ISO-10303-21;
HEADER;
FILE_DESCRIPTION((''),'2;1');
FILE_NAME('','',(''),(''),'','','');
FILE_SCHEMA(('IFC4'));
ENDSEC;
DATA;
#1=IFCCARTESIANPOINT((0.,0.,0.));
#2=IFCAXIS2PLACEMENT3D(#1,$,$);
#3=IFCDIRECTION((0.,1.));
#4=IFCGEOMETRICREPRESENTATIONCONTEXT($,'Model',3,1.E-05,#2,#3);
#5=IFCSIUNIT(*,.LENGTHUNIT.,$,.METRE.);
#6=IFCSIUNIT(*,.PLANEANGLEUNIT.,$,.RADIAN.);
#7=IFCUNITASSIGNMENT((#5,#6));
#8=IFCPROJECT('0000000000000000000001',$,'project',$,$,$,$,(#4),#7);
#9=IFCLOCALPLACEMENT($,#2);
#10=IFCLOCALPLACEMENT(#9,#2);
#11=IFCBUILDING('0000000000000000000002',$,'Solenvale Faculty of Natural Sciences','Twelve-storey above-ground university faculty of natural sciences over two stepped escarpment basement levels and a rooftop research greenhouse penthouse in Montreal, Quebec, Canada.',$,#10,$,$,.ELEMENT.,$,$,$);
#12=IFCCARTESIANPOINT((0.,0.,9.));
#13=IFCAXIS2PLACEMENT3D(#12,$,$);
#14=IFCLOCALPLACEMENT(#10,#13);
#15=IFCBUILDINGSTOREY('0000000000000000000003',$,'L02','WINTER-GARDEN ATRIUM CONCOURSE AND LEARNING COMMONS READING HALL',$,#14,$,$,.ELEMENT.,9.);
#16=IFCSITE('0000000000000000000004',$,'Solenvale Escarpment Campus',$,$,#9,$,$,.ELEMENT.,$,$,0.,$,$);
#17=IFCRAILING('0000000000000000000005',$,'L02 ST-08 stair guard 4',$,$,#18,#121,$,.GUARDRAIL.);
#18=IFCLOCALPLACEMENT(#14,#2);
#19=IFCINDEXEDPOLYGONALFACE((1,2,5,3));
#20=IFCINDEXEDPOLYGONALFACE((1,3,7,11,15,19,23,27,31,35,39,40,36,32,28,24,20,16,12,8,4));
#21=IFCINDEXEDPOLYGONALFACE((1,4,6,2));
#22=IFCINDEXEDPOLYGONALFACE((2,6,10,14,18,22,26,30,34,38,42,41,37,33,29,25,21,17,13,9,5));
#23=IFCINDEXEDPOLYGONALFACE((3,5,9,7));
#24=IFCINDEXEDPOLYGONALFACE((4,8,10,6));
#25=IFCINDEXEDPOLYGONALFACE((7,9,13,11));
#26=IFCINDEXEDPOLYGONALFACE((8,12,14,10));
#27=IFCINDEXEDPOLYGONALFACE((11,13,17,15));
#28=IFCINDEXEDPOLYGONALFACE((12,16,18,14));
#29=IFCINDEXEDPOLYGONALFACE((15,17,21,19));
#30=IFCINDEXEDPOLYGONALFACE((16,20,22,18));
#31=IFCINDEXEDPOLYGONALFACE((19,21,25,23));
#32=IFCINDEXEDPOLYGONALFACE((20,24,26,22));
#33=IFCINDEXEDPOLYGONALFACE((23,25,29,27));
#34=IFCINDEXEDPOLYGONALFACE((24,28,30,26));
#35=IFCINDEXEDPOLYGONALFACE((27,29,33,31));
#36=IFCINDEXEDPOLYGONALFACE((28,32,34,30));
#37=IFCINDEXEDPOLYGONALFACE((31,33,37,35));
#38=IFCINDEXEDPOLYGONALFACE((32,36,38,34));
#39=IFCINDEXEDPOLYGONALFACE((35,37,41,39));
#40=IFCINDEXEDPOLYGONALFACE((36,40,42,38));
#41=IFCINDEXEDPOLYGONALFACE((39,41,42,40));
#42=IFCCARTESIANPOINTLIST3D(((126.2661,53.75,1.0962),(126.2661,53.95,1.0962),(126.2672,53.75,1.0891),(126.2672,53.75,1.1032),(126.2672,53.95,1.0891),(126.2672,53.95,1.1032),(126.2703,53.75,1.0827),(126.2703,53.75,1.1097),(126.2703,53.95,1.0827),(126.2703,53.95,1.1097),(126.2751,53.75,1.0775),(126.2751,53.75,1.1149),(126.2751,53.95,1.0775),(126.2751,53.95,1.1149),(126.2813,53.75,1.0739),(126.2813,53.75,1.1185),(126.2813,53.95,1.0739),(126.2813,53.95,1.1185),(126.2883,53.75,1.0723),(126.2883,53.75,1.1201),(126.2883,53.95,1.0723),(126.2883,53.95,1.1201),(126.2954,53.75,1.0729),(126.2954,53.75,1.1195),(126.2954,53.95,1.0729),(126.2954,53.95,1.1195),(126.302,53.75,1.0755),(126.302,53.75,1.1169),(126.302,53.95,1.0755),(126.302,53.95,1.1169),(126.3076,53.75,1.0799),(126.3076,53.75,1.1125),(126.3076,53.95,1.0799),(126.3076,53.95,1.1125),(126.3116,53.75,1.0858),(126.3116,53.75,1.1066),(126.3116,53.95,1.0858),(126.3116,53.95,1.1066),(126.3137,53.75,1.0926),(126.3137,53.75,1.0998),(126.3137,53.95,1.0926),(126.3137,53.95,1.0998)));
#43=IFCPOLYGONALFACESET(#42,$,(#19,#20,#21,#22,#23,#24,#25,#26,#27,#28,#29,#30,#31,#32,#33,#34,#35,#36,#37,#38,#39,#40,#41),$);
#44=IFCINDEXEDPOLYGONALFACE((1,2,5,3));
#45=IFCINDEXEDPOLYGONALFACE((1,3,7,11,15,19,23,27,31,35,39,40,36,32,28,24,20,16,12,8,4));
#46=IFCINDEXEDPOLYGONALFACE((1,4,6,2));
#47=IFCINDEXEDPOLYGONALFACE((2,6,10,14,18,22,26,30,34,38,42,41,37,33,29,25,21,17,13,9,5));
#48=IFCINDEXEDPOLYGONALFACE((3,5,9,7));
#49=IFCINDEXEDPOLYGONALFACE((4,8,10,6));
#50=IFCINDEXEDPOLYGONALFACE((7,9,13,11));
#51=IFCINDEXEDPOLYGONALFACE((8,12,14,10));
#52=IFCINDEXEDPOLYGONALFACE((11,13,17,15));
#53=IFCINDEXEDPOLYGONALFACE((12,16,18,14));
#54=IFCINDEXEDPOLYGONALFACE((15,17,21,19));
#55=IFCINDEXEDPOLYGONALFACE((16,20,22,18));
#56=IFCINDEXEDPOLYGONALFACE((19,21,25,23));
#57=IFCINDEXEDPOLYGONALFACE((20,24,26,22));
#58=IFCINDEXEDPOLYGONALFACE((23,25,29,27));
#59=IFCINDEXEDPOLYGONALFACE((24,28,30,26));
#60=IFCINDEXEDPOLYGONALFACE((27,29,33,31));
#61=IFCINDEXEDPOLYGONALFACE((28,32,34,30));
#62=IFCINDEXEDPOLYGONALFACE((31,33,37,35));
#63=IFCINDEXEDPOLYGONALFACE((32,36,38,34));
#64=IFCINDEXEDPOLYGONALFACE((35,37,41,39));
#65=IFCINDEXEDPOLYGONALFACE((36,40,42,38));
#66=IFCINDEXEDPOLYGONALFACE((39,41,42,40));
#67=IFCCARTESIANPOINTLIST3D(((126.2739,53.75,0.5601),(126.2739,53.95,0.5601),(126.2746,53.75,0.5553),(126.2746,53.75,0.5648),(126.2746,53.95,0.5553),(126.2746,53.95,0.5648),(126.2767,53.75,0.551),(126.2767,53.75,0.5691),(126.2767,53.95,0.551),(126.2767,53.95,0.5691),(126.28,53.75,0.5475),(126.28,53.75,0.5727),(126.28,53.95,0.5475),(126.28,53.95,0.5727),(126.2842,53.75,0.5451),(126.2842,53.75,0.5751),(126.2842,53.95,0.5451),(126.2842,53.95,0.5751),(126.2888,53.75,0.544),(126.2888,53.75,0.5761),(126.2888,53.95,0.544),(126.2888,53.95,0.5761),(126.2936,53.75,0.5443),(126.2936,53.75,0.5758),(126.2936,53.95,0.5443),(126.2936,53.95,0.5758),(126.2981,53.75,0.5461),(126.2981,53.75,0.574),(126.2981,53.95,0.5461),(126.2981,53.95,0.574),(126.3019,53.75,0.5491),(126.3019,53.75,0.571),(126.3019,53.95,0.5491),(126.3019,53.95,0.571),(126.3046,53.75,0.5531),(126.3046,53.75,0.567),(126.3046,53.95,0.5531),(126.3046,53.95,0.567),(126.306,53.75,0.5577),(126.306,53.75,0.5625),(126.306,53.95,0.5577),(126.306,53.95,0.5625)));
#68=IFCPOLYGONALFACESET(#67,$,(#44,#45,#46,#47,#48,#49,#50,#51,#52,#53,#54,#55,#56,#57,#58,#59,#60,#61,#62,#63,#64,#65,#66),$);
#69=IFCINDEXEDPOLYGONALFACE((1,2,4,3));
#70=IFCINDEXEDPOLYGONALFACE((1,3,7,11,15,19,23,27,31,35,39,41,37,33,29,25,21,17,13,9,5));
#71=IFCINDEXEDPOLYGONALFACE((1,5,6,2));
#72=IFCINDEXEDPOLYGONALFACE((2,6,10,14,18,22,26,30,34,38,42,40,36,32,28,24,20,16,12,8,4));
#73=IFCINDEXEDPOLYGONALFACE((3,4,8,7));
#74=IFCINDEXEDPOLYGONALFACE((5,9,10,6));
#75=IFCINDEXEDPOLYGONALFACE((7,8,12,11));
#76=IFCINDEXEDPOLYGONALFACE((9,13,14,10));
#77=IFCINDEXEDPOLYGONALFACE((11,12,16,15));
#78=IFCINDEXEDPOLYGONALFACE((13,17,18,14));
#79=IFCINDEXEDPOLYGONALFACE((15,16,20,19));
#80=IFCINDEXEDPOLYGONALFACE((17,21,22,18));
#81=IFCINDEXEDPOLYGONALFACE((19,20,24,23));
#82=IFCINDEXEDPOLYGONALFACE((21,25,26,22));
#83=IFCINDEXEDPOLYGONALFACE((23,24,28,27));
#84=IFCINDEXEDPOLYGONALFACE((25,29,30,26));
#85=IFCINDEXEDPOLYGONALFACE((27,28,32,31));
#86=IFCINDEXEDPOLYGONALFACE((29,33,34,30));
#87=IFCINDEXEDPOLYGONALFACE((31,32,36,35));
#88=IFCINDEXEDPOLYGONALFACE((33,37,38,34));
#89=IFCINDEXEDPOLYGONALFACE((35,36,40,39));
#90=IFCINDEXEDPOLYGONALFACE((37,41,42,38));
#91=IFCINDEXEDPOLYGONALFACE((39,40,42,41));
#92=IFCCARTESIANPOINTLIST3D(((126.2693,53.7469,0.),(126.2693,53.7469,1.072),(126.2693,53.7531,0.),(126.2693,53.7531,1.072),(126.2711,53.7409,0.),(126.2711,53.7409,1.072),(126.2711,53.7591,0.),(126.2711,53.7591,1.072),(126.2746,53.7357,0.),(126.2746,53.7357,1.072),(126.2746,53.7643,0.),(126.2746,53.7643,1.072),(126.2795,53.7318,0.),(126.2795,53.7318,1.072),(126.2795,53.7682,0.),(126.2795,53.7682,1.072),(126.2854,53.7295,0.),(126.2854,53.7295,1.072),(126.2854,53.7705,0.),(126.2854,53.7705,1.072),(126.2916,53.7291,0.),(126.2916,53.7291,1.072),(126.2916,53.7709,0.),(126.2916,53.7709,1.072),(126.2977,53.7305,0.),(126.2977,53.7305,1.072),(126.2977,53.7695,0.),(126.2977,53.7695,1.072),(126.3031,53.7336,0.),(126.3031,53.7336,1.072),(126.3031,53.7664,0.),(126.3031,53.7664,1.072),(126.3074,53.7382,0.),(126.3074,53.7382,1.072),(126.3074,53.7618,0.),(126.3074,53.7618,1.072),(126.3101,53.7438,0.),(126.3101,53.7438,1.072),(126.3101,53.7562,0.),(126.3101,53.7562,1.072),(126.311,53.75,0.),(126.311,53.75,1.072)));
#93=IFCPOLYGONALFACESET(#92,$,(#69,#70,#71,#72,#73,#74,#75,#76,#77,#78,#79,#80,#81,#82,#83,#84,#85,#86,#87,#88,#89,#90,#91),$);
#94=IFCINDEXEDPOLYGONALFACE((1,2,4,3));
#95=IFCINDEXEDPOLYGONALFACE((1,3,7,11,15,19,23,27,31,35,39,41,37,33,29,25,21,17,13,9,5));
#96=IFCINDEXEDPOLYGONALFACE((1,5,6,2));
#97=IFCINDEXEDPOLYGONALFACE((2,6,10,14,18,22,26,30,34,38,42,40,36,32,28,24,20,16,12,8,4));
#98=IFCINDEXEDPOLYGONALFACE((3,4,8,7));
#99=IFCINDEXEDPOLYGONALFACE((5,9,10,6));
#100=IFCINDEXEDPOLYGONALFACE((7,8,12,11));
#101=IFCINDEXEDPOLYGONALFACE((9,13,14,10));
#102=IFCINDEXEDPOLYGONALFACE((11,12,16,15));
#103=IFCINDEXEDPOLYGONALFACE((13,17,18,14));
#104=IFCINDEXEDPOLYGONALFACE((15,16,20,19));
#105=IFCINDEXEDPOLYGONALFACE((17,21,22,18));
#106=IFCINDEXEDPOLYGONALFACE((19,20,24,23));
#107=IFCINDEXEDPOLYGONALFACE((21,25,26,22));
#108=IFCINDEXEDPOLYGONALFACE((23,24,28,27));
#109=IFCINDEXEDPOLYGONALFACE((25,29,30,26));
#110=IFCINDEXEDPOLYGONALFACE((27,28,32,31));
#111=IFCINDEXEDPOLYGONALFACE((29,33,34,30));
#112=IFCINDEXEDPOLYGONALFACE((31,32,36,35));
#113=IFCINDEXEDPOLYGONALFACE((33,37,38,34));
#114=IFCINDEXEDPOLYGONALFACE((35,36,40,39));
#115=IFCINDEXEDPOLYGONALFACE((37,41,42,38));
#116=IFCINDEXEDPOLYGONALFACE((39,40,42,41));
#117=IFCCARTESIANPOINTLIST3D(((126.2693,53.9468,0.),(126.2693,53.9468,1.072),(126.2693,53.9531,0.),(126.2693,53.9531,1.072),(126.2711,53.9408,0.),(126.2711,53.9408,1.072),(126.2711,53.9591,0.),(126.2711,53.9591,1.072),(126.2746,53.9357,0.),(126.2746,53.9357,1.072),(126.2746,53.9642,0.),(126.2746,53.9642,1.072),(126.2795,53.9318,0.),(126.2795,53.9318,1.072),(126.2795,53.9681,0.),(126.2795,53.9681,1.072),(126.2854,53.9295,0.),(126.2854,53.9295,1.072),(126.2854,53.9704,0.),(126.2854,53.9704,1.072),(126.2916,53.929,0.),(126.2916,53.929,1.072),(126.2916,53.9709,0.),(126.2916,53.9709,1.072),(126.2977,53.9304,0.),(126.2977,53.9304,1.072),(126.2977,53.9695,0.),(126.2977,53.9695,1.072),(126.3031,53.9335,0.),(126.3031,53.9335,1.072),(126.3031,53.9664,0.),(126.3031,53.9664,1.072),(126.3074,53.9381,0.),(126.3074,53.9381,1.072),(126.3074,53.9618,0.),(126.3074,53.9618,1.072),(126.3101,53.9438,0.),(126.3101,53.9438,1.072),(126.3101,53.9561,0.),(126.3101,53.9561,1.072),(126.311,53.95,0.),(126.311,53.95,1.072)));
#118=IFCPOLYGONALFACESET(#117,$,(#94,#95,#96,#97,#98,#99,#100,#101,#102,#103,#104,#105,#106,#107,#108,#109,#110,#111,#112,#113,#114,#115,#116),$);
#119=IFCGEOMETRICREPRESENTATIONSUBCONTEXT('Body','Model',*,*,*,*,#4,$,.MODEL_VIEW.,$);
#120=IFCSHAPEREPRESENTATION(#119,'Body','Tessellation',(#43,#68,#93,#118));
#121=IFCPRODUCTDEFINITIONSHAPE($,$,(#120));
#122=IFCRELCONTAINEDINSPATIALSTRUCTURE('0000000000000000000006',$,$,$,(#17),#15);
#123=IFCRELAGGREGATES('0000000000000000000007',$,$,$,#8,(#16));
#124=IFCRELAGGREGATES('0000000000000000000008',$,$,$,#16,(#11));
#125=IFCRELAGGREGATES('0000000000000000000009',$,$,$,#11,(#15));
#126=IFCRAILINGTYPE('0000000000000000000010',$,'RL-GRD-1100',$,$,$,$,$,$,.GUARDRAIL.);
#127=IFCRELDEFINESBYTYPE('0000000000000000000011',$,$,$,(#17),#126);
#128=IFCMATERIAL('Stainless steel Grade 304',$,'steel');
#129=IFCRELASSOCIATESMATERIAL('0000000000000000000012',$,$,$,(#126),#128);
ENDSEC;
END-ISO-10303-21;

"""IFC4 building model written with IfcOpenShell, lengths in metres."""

from ifc_helpers import new_model, si_unit, direction, frame, origin, origin_2d, place, context, subcontext, project, spatial, circle, extrude, material, type_object, element, save


model = new_model("IFC4")

# Units and contexts
model_context = context("Model", 3, precision=1e-05, world=origin(), true_north=direction((0.0, 1.0)))
body_context = subcontext(model_context, "Body", "Model", "MODEL_VIEW")
ifc_project = project(units=[si_unit("LENGTHUNIT", "METRE"), si_unit("PLANEANGLEUNIT", "RADIAN")], contexts=[model_context])

# Site, building, storey
site_placement = place(None, origin())
site = spatial("IfcSite", under=ifc_project, at=site_placement, Name="Solenvale Escarpment Campus", CompositionType="ELEMENT", RefElevation=0.0)
building_placement = place(site_placement, origin())
building = spatial("IfcBuilding", under=site, at=building_placement, Name="Solenvale Faculty of Natural Sciences", Description="Twelve-storey above-ground university faculty of natural sciences over two stepped escarpment basement levels and a rooftop research greenhouse penthouse in Montreal, Quebec, Canada.", CompositionType="ELEMENT")
storey_placement = place(building_placement, frame((0.0, 0.0, 9.0)))
storey = spatial("IfcBuildingStorey", under=building, at=storey_placement, Name="L02", Description="WINTER-GARDEN ATRIUM CONCOURSE AND LEARNING COMMONS READING HALL", CompositionType="ELEMENT", Elevation=9.0)

# Railing
ifc_material_1 = material(Name="Stainless steel Grade 304", Category="steel")
railing_type_1 = type_object("IfcRailingType", Name="RL-GRD-1100", PredefinedType="GUARDRAIL", material=ifc_material_1)
railing_1_placement = place(storey_placement, frame((126.29, 53.75, 0.0)))
element("IfcRailing", 1, at=railing_1_placement, inside=storey, type_object=railing_type_1, Name="L02 ST-08 stair guard 4", PredefinedType="GUARDRAIL", context=body_context, shape_type="SweptSolid", body=[
    extrude(circle(Radius=0.0239, at=origin_2d()), frame((0.0, 0.0, 1.0962), z_axis=(0.0, 1.0, 0.0), x_axis=(-1.0, 0.0, 0.0)), (0.0, 0.0, 1.0), 0.2),
    extrude(circle(Radius=0.0161, at=origin_2d()), frame((0.0, 0.0, 0.5601), z_axis=(0.0, 1.0, 0.0), x_axis=(-1.0, 0.0, 0.0)), (0.0, 0.0, 1.0), 0.2),
    extrude(circle(Radius=0.021, at=origin_2d()), origin(), (0.0, 0.0, 1.0), 1.072),
    extrude(circle(Radius=0.021, at=origin_2d()), frame((0.0, 0.2, 0.0)), (0.0, 0.0, 1.0), 1.072),
])

save(model, "model.ifc")
